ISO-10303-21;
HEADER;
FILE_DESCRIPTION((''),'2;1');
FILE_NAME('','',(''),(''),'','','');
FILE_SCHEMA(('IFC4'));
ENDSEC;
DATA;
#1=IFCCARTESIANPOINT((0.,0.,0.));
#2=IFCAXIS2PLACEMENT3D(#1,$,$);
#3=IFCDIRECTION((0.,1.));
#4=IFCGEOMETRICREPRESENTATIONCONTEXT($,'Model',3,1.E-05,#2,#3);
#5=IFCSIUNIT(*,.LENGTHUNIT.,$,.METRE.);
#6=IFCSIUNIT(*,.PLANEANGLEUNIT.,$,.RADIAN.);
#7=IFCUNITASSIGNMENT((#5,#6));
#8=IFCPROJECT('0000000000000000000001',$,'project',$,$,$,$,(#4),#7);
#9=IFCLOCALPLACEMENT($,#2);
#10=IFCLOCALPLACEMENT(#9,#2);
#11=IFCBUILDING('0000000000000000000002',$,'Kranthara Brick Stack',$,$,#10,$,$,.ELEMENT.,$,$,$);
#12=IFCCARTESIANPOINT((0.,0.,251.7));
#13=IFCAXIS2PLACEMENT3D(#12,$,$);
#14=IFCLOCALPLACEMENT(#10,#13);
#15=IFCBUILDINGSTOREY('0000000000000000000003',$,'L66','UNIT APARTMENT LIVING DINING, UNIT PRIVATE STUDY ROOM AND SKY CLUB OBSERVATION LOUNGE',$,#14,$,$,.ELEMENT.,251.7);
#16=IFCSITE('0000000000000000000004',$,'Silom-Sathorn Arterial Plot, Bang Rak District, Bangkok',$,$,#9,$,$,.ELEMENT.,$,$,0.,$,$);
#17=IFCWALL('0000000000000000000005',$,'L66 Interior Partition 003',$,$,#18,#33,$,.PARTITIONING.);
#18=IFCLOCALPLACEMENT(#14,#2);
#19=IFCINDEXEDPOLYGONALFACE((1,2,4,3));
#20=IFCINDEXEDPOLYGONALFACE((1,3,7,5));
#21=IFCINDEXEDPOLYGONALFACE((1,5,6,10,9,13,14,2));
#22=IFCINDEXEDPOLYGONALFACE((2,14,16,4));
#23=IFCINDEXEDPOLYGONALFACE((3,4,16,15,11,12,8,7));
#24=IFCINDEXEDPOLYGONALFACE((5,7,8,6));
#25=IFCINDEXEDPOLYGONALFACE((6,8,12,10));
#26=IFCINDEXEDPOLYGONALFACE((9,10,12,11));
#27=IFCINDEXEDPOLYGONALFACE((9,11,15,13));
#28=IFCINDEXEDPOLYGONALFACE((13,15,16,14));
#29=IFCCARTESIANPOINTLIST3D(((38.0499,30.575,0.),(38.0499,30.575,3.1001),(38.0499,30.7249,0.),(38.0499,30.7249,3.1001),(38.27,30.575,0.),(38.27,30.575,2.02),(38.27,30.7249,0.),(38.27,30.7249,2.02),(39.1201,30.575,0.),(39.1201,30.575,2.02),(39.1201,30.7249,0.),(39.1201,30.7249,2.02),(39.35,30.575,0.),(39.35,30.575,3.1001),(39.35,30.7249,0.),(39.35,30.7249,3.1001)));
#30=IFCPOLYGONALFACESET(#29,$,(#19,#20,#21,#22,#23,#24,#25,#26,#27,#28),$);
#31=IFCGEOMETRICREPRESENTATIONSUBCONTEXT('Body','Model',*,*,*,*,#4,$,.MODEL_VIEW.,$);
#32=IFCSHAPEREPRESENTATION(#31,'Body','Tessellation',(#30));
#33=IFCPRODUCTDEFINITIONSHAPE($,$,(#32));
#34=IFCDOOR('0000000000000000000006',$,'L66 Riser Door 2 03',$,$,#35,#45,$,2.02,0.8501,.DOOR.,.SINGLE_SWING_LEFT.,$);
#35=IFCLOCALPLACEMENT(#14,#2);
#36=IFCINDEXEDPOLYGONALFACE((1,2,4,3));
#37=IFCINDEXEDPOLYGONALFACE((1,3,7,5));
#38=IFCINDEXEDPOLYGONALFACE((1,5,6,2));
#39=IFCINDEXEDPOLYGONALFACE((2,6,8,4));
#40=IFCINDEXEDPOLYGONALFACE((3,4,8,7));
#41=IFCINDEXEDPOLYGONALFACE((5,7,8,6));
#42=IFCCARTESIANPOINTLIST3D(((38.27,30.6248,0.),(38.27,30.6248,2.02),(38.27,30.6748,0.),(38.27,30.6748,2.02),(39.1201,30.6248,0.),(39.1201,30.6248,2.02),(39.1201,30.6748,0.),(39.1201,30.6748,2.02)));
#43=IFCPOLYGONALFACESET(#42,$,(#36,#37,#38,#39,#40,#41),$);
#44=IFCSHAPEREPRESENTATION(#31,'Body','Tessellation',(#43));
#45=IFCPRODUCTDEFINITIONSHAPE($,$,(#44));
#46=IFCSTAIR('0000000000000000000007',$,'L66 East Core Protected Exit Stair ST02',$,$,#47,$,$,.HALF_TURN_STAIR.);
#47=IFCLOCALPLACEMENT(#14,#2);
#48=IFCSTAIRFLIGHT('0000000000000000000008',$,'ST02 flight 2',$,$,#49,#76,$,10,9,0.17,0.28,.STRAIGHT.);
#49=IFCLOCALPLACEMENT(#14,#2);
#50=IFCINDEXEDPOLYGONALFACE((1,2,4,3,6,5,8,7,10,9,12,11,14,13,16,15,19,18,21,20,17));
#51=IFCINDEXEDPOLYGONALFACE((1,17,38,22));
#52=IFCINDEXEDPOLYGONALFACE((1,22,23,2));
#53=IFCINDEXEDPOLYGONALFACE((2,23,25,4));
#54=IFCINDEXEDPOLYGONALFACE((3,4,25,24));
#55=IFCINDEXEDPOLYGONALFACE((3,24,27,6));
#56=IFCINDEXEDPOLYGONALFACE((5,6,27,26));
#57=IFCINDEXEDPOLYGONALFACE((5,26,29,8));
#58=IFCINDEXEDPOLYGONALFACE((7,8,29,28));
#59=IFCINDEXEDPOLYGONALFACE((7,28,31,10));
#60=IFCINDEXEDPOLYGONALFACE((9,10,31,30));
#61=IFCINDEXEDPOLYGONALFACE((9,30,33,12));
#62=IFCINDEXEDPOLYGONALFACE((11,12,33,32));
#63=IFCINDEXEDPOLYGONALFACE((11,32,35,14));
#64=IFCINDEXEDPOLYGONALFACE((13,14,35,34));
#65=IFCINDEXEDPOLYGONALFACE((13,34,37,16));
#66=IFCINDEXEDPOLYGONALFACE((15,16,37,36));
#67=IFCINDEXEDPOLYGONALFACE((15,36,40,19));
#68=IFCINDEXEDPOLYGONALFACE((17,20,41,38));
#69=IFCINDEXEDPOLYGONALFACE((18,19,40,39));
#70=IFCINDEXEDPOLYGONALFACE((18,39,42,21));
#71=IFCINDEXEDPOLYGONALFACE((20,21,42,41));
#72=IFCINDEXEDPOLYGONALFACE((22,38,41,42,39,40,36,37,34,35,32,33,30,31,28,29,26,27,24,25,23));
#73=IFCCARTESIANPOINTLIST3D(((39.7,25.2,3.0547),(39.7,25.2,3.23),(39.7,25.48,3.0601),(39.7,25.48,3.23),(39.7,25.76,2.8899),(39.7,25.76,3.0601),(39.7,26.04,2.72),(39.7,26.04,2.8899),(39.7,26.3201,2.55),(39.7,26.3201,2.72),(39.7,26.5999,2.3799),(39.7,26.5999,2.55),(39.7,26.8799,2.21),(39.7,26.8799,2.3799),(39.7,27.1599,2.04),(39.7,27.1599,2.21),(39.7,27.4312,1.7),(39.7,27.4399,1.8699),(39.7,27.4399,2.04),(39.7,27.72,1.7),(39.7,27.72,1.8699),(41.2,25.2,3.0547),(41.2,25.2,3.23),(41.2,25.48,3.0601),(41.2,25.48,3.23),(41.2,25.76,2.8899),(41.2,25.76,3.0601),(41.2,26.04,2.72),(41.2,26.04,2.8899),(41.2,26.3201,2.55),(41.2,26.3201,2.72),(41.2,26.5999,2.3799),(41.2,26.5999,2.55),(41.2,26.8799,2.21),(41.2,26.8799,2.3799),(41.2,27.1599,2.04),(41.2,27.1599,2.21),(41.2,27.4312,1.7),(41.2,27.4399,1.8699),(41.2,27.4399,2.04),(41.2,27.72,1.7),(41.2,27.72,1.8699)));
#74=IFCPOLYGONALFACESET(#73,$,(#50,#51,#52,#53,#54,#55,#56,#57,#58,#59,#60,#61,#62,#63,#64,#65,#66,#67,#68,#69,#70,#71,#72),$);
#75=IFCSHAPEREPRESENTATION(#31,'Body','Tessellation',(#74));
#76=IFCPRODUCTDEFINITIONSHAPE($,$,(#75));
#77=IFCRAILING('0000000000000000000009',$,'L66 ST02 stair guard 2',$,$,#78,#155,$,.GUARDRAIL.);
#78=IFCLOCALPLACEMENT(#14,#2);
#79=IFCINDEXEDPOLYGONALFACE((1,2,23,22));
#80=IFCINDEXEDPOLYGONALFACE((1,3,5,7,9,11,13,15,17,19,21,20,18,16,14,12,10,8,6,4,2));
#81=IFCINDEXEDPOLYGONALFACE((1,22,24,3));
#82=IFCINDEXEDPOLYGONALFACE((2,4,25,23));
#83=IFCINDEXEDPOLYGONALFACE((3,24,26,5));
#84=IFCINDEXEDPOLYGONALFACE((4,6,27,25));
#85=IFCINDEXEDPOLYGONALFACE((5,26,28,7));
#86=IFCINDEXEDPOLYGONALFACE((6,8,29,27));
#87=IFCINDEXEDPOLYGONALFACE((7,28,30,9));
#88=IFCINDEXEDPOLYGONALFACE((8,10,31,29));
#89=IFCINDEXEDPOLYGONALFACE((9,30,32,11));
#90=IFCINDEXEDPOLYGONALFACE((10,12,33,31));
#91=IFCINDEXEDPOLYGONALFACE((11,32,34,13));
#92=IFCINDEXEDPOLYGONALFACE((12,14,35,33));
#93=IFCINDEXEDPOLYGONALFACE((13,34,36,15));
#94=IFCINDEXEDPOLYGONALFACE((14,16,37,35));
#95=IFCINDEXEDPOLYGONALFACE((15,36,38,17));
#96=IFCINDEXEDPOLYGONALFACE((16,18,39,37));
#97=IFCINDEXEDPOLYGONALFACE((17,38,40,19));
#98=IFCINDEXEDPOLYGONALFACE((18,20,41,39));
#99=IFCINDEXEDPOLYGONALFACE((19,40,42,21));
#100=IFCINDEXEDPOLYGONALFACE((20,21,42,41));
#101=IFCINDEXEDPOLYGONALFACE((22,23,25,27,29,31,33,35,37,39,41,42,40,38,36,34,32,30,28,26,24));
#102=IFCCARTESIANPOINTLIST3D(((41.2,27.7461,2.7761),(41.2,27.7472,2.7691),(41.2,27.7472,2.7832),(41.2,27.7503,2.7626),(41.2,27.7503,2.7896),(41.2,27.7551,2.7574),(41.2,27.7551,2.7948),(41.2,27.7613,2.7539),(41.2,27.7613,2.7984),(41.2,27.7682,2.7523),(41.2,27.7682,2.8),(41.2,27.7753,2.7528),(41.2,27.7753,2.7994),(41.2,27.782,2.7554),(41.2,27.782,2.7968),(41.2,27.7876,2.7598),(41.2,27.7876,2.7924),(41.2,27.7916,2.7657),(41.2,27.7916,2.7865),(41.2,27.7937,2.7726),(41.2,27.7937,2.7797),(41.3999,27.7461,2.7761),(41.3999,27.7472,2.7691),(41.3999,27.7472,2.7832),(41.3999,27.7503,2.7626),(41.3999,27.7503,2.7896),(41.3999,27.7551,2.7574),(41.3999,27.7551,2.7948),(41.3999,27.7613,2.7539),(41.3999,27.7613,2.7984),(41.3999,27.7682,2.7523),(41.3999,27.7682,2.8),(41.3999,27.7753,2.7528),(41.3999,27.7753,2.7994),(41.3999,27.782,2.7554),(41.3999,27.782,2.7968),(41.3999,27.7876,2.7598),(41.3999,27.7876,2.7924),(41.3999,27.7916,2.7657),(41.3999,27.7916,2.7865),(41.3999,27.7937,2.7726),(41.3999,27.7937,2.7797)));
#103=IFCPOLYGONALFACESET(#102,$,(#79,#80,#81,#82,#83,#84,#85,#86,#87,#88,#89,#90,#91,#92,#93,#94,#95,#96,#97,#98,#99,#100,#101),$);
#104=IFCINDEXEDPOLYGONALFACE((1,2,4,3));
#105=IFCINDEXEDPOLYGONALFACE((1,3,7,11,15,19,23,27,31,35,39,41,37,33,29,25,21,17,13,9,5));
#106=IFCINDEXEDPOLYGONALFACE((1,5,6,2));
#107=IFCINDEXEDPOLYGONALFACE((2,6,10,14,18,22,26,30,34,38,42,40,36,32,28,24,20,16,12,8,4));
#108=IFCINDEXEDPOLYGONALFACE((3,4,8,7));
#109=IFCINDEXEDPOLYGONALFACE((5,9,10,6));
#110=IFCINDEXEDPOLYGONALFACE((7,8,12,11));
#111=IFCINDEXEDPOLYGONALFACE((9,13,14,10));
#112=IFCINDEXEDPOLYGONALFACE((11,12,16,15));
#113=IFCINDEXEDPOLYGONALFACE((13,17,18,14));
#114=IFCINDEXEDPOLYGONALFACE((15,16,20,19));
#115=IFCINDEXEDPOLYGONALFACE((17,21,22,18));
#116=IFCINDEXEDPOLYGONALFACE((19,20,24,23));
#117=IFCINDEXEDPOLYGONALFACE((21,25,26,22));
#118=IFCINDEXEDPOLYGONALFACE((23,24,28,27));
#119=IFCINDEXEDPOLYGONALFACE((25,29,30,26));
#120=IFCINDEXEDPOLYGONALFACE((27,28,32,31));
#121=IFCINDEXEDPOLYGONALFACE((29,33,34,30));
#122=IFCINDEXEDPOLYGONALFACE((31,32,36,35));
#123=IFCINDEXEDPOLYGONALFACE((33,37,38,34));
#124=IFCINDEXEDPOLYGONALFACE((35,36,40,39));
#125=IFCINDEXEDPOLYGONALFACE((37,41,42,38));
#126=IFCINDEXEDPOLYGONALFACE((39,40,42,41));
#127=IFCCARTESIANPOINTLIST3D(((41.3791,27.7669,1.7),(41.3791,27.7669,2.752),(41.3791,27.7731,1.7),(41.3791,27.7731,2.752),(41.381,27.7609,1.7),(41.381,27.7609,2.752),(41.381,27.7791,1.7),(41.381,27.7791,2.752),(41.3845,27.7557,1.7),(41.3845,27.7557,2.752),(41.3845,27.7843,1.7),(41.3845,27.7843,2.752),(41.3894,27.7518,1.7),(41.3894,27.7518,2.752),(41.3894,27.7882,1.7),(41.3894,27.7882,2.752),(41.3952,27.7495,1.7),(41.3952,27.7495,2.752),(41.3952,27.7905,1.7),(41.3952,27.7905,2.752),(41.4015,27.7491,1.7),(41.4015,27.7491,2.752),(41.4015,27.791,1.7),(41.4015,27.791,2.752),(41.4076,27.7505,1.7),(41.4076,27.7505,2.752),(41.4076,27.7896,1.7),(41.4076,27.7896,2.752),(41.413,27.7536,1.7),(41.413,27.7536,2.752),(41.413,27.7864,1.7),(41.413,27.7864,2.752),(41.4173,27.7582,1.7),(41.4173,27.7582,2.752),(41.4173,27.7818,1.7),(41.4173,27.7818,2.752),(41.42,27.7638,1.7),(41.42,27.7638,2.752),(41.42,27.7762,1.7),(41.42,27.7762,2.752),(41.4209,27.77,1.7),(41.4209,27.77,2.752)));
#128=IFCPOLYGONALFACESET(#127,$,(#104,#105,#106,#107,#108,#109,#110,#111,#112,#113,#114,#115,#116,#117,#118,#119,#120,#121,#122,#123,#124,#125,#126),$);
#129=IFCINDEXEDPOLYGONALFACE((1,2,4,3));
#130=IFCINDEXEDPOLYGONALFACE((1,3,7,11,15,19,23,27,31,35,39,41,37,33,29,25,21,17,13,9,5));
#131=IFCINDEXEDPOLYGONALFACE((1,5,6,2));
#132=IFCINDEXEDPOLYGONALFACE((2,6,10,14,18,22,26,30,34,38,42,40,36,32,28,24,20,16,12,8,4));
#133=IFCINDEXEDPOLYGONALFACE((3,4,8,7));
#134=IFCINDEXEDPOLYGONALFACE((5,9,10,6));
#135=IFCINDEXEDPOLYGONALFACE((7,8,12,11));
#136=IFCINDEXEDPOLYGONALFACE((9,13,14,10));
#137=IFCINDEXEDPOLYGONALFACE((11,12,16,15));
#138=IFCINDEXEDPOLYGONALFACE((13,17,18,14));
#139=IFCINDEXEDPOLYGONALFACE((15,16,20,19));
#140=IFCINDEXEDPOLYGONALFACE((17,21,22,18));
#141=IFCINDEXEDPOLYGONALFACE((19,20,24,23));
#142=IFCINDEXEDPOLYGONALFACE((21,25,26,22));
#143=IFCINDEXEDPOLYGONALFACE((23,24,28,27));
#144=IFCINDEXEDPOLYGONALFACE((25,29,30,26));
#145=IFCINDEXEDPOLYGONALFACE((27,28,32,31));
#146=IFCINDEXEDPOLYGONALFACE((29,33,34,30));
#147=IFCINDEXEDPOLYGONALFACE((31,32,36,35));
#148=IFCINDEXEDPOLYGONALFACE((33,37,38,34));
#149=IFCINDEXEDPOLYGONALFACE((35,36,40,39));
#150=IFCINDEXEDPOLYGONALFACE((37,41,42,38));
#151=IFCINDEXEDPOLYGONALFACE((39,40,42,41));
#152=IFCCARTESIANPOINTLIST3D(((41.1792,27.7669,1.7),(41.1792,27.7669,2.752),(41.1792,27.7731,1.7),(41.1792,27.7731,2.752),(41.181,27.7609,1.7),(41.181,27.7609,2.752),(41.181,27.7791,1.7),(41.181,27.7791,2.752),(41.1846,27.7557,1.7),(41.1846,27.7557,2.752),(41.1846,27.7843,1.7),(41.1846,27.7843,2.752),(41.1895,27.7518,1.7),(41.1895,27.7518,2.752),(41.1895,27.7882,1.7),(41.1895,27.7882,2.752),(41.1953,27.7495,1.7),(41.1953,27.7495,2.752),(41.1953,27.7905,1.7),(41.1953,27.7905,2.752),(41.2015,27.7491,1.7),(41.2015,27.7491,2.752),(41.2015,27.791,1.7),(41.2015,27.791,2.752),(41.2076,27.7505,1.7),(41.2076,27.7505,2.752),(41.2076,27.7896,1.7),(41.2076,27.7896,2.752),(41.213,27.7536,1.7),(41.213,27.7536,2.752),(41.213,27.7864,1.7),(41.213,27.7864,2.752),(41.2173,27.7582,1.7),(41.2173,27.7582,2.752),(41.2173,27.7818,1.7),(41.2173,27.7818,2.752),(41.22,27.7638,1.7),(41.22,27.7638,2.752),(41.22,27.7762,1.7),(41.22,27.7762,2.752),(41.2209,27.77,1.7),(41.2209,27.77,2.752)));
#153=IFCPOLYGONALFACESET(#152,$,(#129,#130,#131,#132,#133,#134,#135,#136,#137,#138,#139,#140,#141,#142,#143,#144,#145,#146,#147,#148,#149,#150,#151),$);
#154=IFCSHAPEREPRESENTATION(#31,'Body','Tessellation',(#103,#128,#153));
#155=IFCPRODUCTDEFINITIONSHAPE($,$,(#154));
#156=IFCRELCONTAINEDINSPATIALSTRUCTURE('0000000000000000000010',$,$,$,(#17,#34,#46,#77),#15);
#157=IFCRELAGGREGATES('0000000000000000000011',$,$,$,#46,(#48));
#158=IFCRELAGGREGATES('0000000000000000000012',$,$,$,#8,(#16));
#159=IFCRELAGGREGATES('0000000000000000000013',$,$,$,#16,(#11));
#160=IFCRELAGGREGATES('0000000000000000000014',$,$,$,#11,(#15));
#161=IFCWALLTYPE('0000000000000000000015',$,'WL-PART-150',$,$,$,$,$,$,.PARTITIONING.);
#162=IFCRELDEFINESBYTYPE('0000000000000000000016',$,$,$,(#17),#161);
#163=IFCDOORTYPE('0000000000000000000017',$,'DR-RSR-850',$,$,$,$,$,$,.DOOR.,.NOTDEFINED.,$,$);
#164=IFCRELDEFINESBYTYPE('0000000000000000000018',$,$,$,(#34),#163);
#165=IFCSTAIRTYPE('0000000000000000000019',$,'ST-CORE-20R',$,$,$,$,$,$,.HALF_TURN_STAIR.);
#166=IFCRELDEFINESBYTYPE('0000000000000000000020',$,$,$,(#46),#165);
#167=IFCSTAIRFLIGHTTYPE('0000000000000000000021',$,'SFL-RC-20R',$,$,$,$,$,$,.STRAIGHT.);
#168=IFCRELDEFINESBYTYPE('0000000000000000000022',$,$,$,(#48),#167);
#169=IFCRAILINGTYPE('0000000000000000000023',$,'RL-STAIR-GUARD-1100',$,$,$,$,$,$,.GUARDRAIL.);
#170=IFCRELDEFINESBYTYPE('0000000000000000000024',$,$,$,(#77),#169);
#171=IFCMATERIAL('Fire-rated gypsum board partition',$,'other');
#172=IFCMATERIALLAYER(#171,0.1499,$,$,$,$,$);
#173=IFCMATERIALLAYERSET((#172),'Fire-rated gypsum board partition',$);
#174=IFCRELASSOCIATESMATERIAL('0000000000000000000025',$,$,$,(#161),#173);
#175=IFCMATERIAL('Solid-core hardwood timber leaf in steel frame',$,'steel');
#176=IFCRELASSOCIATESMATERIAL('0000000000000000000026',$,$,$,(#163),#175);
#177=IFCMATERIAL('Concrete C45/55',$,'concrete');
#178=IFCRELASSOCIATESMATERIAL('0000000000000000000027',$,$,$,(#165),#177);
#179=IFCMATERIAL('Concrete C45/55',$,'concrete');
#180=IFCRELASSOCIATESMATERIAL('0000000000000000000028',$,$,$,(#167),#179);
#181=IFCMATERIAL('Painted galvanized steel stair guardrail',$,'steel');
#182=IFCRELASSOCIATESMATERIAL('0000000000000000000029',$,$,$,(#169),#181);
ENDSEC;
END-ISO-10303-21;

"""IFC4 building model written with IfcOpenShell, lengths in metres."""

from ifc_helpers import new_model, si_unit, direction, frame, frame_2d, origin, origin_2d, place, context, subcontext, project, spatial, polyline, rectangle, circle, outline, extrude, material, layer, layer_set, type_object, element, fill, aggregate, save


model = new_model("IFC4")

# Units and contexts
model_context = context("Model", 3, precision=1e-05, world=origin(), true_north=direction((0.0, 1.0)))
body_context = subcontext(model_context, "Body", "Model", "MODEL_VIEW")
ifc_project = project(units=[si_unit("LENGTHUNIT", "METRE"), si_unit("PLANEANGLEUNIT", "RADIAN")], contexts=[model_context])

# Site, building, storey
site_placement = place(None, origin())
site = spatial("IfcSite", under=ifc_project, at=site_placement, Name="Silom-Sathorn Arterial Plot, Bang Rak District, Bangkok", CompositionType="ELEMENT", RefElevation=0.0)
building_placement = place(site_placement, origin())
building = spatial("IfcBuilding", under=site, at=building_placement, Name="Kranthara Brick Stack", CompositionType="ELEMENT")
storey_placement = place(building_placement, frame((0.0, 0.0, 251.7)))
storey = spatial("IfcBuildingStorey", under=building, at=storey_placement, Name="L66", Description="UNIT APARTMENT LIVING DINING, UNIT PRIVATE STUDY ROOM AND SKY CLUB OBSERVATION LOUNGE", CompositionType="ELEMENT", Elevation=251.7)

# Wall, opening, door
ifc_material_1 = material(Name="Fire-rated gypsum board partition", Category="other")
ifc_layer_1 = layer(ifc_material_1, 0.1499)
ifc_layer_set_1 = layer_set([ifc_layer_1], Name="Fire-rated gypsum board partition")
wall_type_1 = type_object("IfcWallType", Name="WL-PART-150", PredefinedType="PARTITIONING", material=ifc_layer_set_1)
ifc_material_2 = material(Name="Solid-core hardwood timber leaf in steel frame", Category="steel")
door_type = type_object("IfcDoorType", Name="DR-RSR-850", OperationType="NOTDEFINED", PredefinedType="DOOR", material=ifc_material_2)
wall_1_placement = place(storey_placement, frame((38.05, 30.6499, 0.0), z_axis=(0.0, 0.0, 1.0), x_axis=(1.0, 0.0, 0.0)))
wall_1 = element("IfcWall", 1, at=wall_1_placement, inside=storey, type_object=wall_type_1, Name="L66 Interior Partition 003", PredefinedType="PARTITIONING", context=body_context, shape_type="SweptSolid", body=[
    extrude(rectangle(XDim=1.3, YDim=0.1499, at=frame_2d((0.6499, 0.0))), origin(), (0.0, 0.0, 1.0), 3.1001),
])
opening_1_placement = place(wall_1_placement, frame((0.22, 0.0, 0.0)))
opening_1 = element("IfcOpeningElement", 2, at=opening_1_placement, cuts=wall_1, PredefinedType="OPENING", context=body_context, shape_type="SweptSolid", body=[
    extrude(rectangle(XDim=0.8501, YDim=2.02, at=frame_2d((0.425, 1.01))), frame((0.0, 0.085, 0.0), z_axis=(0.0, -1.0, 0.0), x_axis=(1.0, 0.0, 0.0)), (0.0, 0.0, 1.0), 0.1699),
])
door_1_placement = place(opening_1_placement, origin())
door_1 = element("IfcDoor", 3, at=door_1_placement, inside=storey, type_object=door_type, Name="L66 Riser Door 2 03", OperationType="SINGLE_SWING_LEFT", OverallHeight=2.02, OverallWidth=0.8501, PredefinedType="DOOR", context=body_context, shape_type="SweptSolid", body=[
    extrude(rectangle(XDim=0.8501, YDim=2.02, at=frame_2d((0.425, 1.01))), frame((0.0, 0.0249, 0.0), z_axis=(0.0, -1.0, 0.0), x_axis=(1.0, 0.0, 0.0)), (0.0, 0.0, 1.0), 0.05),
])
fill(opening_1, door_1)

# Stair, stair flight
ifc_material_3 = material(Name="Concrete C45/55", Category="concrete")
stair_type = type_object("IfcStairType", Name="ST-CORE-20R", PredefinedType="HALF_TURN_STAIR", material=ifc_material_3)
stair_placement = place(storey_placement, origin())
stair = element("IfcStair", 4, at=stair_placement, inside=storey, type_object=stair_type, Name="L66 East Core Protected Exit Stair ST02", PredefinedType="HALF_TURN_STAIR")
ifc_material_4 = material(Name="Concrete C45/55", Category="concrete")
stair_flight_type = type_object("IfcStairFlightType", Name="SFL-RC-20R", PredefinedType="STRAIGHT", material=ifc_material_4)
stair_flight_placement = place(storey_placement, frame((40.45, 27.72, 1.7), z_axis=(0.0, 0.0, 1.0), x_axis=(0.0, -1.0, 0.0)))
stair_flight = element("IfcStairFlight", 5, at=stair_flight_placement, type_object=stair_flight_type, Name="ST02 flight 2", NumberOfRisers=10, NumberOfTreads=9, PredefinedType="STRAIGHT", RiserHeight=0.17, TreadLength=0.28, context=body_context, shape_type="SweptSolid", body=[
    extrude(outline(polyline([(0.0, 0.0), (0.0, 0.1699), (0.28, 0.1699), (0.28, 0.3401), (0.5601, 0.3401), (0.5601, 0.51), (0.8401, 0.51), (0.8401, 0.6799), (1.1201, 0.6799), (1.1201, 0.8501), (1.3999, 0.8501), (1.3999, 1.02), (1.6799, 1.02), (1.6799, 1.1899), (1.96, 1.1899), (1.96, 1.3601), (2.24, 1.3601), (2.24, 1.53), (2.52, 1.53), (2.52, 1.7), (2.52, 1.3547), (0.2888, 0.0), (0.0, 0.0)])), frame((0.0, 0.75, 0.0), z_axis=(0.0, -1.0, 0.0), x_axis=(1.0, 0.0, 0.0)), (0.0, 0.0, 1.0), 1.5),
])
aggregate(stair, [stair_flight])

# Railing
ifc_material_5 = material(Name="Painted galvanized steel stair guardrail", Category="steel")
railing_type_1 = type_object("IfcRailingType", Name="RL-STAIR-GUARD-1100", PredefinedType="GUARDRAIL", material=ifc_material_5)
railing_1_placement = place(storey_placement, frame((41.3999, 27.77, 1.7)))
element("IfcRailing", 6, at=railing_1_placement, inside=storey, type_object=railing_type_1, Name="L66 ST02 stair guard 2", PredefinedType="GUARDRAIL", context=body_context, shape_type="SweptSolid", body=[
    extrude(circle(Radius=0.0239, at=origin_2d()), frame((0.0, 0.0, 1.0762), z_axis=(-1.0, 0.0, 0.0), x_axis=(0.0, -1.0, 0.0)), (0.0, 0.0, 1.0), 0.2),
    extrude(circle(Radius=0.021, at=origin_2d()), origin(), (0.0, 0.0, 1.0), 1.052),
    extrude(circle(Radius=0.021, at=origin_2d()), frame((-0.2, 0.0, 0.0)), (0.0, 0.0, 1.0), 1.052),
])

save(model, "model.ifc")
